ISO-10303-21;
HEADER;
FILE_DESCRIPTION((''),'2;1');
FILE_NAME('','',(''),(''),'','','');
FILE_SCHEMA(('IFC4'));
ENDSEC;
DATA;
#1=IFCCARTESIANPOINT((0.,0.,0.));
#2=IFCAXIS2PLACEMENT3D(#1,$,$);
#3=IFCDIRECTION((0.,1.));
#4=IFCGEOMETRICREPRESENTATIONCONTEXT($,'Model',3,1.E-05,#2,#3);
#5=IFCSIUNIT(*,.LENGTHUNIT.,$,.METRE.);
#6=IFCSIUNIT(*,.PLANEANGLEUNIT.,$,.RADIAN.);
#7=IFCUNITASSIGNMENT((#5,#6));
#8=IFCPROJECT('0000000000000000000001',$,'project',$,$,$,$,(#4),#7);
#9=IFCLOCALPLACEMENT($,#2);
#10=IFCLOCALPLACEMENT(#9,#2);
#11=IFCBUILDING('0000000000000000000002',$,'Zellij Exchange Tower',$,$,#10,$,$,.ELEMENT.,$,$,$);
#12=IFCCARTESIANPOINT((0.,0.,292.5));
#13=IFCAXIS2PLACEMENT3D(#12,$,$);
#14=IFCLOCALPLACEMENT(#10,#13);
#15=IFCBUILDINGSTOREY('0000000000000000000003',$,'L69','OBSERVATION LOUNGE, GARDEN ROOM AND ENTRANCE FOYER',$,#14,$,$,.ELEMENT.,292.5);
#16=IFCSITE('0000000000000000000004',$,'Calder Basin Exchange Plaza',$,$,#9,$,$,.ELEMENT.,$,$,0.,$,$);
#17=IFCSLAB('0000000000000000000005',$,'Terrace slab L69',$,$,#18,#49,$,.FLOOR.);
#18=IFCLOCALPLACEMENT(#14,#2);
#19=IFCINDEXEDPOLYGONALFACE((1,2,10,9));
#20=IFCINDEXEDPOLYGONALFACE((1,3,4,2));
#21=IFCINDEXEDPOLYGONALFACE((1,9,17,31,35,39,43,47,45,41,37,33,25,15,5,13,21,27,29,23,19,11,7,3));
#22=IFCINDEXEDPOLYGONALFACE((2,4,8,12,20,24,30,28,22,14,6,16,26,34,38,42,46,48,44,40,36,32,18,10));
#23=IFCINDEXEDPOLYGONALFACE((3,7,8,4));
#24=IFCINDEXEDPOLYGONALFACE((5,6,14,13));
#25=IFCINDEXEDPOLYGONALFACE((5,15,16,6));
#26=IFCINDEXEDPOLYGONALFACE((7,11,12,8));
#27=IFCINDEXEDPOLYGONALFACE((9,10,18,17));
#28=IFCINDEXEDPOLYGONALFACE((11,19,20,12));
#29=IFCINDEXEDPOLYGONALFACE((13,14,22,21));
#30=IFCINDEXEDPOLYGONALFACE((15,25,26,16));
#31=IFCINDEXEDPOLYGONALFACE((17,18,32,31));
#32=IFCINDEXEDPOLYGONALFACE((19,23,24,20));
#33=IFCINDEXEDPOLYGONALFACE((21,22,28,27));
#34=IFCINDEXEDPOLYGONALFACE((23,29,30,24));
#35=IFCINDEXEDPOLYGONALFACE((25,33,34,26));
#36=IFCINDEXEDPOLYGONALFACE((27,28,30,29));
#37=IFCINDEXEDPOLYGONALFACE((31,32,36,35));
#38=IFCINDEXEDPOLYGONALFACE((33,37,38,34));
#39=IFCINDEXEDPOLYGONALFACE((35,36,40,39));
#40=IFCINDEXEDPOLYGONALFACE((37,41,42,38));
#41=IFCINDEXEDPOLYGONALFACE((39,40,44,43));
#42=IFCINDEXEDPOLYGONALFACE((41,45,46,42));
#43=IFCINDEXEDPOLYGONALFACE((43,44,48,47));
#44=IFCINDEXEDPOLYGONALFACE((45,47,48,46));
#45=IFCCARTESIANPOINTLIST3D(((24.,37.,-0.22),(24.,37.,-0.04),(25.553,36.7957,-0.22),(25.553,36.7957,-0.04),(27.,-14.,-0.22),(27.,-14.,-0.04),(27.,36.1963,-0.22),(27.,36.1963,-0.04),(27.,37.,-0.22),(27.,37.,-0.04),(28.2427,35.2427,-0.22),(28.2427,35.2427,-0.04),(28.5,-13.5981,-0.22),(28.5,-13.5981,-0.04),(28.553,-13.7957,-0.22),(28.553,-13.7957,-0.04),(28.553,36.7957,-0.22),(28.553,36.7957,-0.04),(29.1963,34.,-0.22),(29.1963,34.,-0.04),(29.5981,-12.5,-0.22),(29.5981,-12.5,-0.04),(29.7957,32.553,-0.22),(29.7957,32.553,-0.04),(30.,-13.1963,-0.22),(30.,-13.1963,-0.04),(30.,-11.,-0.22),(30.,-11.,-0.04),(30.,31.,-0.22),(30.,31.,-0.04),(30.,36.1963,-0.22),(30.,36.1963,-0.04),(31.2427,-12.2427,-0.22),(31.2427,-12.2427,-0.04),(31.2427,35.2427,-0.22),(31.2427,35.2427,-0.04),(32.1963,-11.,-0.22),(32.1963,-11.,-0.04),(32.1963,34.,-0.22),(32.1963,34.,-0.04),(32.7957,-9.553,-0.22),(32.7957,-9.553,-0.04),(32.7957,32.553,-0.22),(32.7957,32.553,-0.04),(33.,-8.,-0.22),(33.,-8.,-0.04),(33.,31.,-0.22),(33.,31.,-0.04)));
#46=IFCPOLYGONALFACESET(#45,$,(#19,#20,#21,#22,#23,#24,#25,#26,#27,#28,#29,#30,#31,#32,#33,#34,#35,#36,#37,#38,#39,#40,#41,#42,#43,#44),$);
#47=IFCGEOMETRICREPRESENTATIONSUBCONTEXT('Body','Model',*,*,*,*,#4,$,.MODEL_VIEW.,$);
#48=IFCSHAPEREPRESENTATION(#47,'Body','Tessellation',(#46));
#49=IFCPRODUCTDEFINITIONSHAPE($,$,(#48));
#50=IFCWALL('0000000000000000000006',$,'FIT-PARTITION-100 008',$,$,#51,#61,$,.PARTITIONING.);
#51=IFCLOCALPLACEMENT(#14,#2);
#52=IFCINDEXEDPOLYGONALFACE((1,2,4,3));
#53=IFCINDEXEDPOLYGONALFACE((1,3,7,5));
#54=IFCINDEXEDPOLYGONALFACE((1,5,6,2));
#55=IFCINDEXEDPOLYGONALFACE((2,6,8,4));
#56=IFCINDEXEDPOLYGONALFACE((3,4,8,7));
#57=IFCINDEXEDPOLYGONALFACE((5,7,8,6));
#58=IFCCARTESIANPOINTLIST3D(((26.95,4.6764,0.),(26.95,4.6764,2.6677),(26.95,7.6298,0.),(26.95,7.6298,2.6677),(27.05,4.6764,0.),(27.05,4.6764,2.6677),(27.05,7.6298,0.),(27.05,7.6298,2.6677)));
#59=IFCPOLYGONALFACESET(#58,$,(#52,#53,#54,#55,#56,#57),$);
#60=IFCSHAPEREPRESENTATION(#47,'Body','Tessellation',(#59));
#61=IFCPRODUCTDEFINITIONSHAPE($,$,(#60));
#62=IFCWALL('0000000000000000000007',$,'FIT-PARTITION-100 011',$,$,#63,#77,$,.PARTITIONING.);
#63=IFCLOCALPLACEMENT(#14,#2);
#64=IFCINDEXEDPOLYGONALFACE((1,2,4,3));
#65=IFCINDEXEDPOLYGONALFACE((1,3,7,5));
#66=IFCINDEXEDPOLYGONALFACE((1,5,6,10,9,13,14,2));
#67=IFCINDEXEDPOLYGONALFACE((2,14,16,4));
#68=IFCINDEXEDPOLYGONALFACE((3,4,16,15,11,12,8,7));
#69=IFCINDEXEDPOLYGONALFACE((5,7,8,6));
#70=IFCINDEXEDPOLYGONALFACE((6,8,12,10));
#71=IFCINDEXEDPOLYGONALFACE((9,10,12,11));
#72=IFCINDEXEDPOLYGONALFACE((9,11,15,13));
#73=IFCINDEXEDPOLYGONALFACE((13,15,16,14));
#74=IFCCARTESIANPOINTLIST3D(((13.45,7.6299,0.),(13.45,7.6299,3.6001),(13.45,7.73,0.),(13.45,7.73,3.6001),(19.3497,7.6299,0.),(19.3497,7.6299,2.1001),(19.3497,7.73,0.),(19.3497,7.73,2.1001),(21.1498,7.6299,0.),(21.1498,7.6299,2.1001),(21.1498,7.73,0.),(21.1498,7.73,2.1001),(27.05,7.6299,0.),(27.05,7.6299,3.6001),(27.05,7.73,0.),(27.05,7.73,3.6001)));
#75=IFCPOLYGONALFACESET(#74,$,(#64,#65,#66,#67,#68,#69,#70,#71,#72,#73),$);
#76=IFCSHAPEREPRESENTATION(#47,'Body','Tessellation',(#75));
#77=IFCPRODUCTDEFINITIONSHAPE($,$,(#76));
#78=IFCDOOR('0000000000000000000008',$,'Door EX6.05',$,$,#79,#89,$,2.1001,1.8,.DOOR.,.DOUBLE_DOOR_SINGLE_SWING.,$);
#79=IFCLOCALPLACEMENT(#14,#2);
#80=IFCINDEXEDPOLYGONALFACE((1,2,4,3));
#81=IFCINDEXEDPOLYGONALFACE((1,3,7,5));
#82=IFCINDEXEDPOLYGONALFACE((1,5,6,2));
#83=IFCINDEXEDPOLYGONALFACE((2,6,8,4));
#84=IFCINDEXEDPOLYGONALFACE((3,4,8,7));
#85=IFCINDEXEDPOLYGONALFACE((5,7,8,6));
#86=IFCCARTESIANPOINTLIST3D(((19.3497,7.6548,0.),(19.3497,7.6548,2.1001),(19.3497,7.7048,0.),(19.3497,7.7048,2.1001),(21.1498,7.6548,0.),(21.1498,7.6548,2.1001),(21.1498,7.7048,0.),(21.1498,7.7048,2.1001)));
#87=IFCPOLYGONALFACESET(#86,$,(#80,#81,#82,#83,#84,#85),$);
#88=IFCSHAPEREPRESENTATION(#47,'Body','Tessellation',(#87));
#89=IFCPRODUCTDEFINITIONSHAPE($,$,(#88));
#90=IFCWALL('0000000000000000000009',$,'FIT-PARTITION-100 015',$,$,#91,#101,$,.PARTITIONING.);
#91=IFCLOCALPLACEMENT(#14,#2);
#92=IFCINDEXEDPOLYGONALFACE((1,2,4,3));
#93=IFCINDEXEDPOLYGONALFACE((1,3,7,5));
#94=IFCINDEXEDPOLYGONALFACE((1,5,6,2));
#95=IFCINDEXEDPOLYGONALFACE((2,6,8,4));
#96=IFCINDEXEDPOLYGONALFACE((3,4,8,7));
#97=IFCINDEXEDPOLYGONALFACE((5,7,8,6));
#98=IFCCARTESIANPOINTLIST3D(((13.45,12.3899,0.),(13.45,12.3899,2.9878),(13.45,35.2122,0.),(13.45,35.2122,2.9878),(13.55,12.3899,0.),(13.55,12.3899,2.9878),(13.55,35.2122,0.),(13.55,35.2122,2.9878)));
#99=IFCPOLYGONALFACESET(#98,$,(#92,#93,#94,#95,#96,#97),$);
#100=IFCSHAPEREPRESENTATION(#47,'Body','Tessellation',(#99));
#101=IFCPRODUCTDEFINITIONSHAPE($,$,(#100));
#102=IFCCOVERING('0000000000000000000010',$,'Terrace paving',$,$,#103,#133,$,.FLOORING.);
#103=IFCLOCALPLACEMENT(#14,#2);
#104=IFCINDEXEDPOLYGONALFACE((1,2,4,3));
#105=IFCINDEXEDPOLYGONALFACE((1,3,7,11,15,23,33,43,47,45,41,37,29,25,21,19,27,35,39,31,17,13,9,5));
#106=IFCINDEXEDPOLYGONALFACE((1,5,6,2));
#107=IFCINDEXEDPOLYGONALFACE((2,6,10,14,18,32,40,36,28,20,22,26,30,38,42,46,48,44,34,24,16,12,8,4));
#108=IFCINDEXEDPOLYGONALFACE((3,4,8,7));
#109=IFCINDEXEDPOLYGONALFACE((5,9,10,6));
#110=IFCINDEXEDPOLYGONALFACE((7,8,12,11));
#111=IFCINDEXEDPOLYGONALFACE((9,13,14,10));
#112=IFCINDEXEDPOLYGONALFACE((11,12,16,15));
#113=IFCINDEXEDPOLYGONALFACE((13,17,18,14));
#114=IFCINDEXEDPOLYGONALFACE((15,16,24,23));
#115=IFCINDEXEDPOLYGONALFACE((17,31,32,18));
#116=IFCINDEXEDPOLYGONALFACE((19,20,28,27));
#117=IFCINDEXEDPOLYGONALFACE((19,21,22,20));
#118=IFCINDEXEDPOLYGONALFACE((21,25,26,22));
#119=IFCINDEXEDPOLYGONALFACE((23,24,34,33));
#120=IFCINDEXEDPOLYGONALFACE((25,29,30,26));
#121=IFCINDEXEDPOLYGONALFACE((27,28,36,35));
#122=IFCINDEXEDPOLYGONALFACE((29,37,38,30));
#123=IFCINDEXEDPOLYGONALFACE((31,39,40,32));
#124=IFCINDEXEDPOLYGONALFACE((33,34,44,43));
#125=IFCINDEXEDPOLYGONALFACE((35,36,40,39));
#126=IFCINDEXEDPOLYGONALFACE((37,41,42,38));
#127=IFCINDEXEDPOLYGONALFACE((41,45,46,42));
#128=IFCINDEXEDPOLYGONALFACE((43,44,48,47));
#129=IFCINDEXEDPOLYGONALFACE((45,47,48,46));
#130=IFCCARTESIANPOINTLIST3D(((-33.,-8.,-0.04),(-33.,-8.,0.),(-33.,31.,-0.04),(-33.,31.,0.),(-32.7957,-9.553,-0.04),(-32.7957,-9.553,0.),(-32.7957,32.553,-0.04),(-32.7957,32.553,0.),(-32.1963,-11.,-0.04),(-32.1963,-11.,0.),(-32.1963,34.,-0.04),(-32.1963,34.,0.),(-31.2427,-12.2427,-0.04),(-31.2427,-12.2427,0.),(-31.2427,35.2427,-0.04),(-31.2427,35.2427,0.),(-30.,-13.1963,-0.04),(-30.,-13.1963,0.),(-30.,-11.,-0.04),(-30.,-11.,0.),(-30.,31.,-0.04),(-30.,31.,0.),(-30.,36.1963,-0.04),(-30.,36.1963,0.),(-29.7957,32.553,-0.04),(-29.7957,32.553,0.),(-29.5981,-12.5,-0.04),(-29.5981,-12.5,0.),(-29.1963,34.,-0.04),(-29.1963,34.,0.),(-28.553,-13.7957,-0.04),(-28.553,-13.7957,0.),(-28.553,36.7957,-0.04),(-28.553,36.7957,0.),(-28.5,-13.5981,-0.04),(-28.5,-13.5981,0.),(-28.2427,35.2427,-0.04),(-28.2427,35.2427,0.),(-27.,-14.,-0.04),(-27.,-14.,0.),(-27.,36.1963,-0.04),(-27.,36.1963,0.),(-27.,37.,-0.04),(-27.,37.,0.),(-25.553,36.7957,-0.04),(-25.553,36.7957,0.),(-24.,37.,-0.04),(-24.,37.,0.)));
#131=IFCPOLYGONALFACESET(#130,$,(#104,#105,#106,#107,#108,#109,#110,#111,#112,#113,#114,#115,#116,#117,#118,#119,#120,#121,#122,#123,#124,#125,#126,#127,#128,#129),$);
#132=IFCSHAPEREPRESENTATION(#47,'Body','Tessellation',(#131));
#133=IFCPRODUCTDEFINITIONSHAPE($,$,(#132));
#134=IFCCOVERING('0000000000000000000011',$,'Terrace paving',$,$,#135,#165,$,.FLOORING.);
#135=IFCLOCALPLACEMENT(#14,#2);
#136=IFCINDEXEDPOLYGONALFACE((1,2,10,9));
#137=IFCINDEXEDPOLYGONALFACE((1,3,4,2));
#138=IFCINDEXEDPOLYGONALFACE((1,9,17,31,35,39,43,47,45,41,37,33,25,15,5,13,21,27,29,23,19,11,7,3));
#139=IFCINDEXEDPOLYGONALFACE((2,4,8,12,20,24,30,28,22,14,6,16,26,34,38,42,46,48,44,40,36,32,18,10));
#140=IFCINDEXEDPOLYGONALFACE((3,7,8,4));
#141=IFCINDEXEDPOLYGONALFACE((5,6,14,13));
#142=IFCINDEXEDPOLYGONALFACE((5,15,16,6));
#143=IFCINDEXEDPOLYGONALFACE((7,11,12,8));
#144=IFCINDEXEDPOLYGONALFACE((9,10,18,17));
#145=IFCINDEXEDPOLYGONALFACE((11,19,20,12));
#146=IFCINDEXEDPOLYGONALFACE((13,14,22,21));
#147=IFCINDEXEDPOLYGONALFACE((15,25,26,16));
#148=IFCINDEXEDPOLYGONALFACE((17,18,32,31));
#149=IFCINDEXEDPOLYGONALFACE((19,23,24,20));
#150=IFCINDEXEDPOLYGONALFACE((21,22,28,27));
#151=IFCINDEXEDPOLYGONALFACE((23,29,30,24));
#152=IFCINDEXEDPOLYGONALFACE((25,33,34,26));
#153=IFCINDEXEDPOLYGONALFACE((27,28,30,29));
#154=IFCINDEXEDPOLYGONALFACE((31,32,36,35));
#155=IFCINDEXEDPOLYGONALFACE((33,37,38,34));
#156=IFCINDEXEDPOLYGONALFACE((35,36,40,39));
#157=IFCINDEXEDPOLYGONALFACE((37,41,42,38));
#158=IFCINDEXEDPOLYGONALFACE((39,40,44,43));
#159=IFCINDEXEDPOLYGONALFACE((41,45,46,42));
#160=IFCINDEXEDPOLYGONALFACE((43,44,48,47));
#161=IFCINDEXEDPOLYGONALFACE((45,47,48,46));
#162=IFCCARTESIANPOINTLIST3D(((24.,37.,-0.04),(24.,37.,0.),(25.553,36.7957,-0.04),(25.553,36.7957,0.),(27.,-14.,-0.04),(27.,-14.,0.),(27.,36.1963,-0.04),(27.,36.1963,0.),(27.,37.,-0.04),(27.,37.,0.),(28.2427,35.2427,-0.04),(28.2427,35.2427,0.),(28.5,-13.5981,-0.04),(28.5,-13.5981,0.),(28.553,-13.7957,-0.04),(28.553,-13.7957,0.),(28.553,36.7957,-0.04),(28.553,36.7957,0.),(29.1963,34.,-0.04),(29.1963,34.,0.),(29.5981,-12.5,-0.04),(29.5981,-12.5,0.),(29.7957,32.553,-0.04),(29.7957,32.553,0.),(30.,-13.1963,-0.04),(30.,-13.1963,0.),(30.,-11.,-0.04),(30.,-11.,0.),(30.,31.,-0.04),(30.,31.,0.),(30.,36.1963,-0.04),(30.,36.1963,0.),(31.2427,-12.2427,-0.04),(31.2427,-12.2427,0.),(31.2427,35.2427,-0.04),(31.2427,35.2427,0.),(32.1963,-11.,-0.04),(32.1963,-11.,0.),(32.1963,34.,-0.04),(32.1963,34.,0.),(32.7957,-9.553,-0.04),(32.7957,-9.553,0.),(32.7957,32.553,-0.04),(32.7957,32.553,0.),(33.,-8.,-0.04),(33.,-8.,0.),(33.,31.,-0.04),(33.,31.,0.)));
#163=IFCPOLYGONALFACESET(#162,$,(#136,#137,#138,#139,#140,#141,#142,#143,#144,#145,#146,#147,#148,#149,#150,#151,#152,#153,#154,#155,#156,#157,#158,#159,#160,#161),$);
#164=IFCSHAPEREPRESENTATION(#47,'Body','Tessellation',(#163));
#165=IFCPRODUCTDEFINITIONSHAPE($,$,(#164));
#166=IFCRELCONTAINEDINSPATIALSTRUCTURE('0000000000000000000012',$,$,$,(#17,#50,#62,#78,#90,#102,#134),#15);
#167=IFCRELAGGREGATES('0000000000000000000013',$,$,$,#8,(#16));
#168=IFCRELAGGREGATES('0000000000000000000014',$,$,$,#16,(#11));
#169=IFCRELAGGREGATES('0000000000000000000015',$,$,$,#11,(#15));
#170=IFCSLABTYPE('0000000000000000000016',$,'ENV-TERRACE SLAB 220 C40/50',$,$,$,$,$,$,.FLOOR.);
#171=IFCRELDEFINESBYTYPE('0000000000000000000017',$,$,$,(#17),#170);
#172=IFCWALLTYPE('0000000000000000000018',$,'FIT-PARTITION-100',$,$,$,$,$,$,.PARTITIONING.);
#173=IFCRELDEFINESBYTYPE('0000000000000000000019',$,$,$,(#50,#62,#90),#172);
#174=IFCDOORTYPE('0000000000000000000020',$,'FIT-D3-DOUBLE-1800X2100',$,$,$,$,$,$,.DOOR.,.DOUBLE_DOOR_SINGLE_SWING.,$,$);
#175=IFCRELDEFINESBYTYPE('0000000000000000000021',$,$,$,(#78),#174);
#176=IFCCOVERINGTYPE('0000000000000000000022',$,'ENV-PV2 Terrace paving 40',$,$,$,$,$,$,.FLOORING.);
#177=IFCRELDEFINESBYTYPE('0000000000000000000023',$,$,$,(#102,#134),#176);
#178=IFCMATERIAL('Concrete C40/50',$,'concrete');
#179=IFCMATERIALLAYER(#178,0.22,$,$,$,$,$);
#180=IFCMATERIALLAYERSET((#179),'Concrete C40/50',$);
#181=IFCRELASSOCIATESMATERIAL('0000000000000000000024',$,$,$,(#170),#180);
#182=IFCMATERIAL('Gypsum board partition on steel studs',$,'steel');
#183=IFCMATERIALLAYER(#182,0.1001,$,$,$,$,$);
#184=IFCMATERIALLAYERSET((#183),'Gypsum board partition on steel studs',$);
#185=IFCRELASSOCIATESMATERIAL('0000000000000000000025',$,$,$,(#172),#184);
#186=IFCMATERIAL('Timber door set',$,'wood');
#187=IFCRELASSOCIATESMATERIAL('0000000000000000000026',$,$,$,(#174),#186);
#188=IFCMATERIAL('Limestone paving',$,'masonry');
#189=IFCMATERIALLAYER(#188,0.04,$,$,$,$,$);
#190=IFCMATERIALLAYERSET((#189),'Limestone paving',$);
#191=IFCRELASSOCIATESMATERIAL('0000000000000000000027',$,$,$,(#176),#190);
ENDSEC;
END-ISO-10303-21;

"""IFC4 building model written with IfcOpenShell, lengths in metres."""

from ifc_helpers import new_model, si_unit, direction, frame, frame_2d, origin, place, context, subcontext, project, spatial, polyline, rectangle, outline, extrude, material, layer, layer_set, type_object, element, fill, save


model = new_model("IFC4")

# Units and contexts
model_context = context("Model", 3, precision=1e-05, world=origin(), true_north=direction((0.0, 1.0)))
body_context = subcontext(model_context, "Body", "Model", "MODEL_VIEW")
ifc_project = project(units=[si_unit("LENGTHUNIT", "METRE"), si_unit("PLANEANGLEUNIT", "RADIAN")], contexts=[model_context])

# Site, building, storey
site_placement = place(None, origin())
site = spatial("IfcSite", under=ifc_project, at=site_placement, Name="Calder Basin Exchange Plaza", CompositionType="ELEMENT", RefElevation=0.0)
building_placement = place(site_placement, origin())
building = spatial("IfcBuilding", under=site, at=building_placement, Name="Zellij Exchange Tower", CompositionType="ELEMENT")
storey_placement = place(building_placement, frame((0.0, 0.0, 292.5)))
storey = spatial("IfcBuildingStorey", under=building, at=storey_placement, Name="L69", Description="OBSERVATION LOUNGE, GARDEN ROOM AND ENTRANCE FOYER", CompositionType="ELEMENT", Elevation=292.5)

# Shared definitions
ifc_material_1 = material(Name="Concrete C40/50", Category="concrete")

# Slab
ifc_layer_1 = layer(ifc_material_1, 0.22)
ifc_layer_set_1 = layer_set([ifc_layer_1], Name="Concrete C40/50")
slab_type_1 = type_object("IfcSlabType", Name="ENV-TERRACE SLAB 220 C40/50", PredefinedType="FLOOR", material=ifc_layer_set_1)
slab_1_placement = place(storey_placement, frame((0.0, 0.0, -0.22)))
element("IfcSlab", 1, at=slab_1_placement, inside=storey, type_object=slab_type_1, Name="Terrace slab L69", PredefinedType="FLOOR", context=body_context, shape_type="SweptSolid", body=[
    extrude(outline(polyline([(28.5, -13.5981), (27.0, -14.0), (28.553, -13.7957), (30.0, -13.1963), (31.2427, -12.2427), (32.1963, -11.0), (32.7957, -9.553), (33.0, -8.0), (33.0, 31.0), (32.7957, 32.553), (32.1963, 34.0), (31.2427, 35.2427), (30.0, 36.1963), (28.553, 36.7957), (27.0, 37.0), (24.0, 37.0), (25.553, 36.7957), (27.0, 36.1963), (28.2427, 35.2427), (29.1963, 34.0), (29.7957, 32.553), (30.0, 31.0), (30.0, -11.0), (29.5981, -12.5), (28.5, -13.5981)])), origin(), (0.0, 0.0, 1.0), 0.1799),
])

# Wall
ifc_material_2 = material(Name="Gypsum board partition on steel studs", Category="steel")
ifc_layer_2 = layer(ifc_material_2, 0.1001)
ifc_layer_set_2 = layer_set([ifc_layer_2], Name="Gypsum board partition on steel studs")
wall_type = type_object("IfcWallType", Name="FIT-PARTITION-100", PredefinedType="PARTITIONING", material=ifc_layer_set_2)
wall_1_placement = place(storey_placement, frame((27.0, 4.6765, 0.0), z_axis=(0.0, 0.0, 1.0), x_axis=(0.0, 1.0, 0.0)))
element("IfcWall", 2, at=wall_1_placement, inside=storey, type_object=wall_type, Name="FIT-PARTITION-100 008", PredefinedType="PARTITIONING", context=body_context, shape_type="SweptSolid", body=[
    extrude(rectangle(XDim=2.9534, YDim=0.1001, at=frame_2d((1.4766, 0.0))), origin(), (0.0, 0.0, 1.0), 2.6677),
])

# Wall, opening, door
wall_2_placement = place(storey_placement, frame((13.45, 7.6799, 0.0), z_axis=(0.0, 0.0, 1.0), x_axis=(1.0, 0.0, 0.0)))
wall_2 = element("IfcWall", 3, at=wall_2_placement, inside=storey, type_object=wall_type, Name="FIT-PARTITION-100 011", PredefinedType="PARTITIONING", context=body_context, shape_type="SweptSolid", body=[
    extrude(rectangle(XDim=13.6001, YDim=0.1001, at=frame_2d((6.8, 0.0))), origin(), (0.0, 0.0, 1.0), 3.6001),
])
opening_placement = place(wall_2_placement, frame((5.8999, 0.0, 0.0)))
opening = element("IfcOpeningElement", 4, at=opening_placement, cuts=wall_2, PredefinedType="OPENING", context=body_context, shape_type="SweptSolid", body=[
    extrude(rectangle(XDim=1.8, YDim=2.1001, at=frame_2d((0.8999, 1.05))), frame((0.0, 0.062, 0.0), z_axis=(0.0, -1.0, 0.0), x_axis=(1.0, 0.0, 0.0)), (0.0, 0.0, 1.0), 0.124),
])
ifc_material_3 = material(Name="Timber door set", Category="wood")
door_type = type_object("IfcDoorType", Name="FIT-D3-DOUBLE-1800X2100", OperationType="DOUBLE_DOOR_SINGLE_SWING", PredefinedType="DOOR", material=ifc_material_3)
door_placement = place(opening_placement, origin())
door = element("IfcDoor", 5, at=door_placement, inside=storey, type_object=door_type, Name="Door EX6.05", OperationType="DOUBLE_DOOR_SINGLE_SWING", OverallHeight=2.1001, OverallWidth=1.8, PredefinedType="DOOR", context=body_context, shape_type="SweptSolid", body=[
    extrude(rectangle(XDim=1.8, YDim=2.1001, at=frame_2d((0.8999, 1.05))), frame((0.0, 0.0249, 0.0), z_axis=(0.0, -1.0, 0.0), x_axis=(1.0, 0.0, 0.0)), (0.0, 0.0, 1.0), 0.05),
])
fill(opening, door)

# Wall
wall_3_placement = place(storey_placement, frame((13.5, 12.3899, 0.0), z_axis=(0.0, 0.0, 1.0), x_axis=(0.0, 1.0, 0.0)))
element("IfcWall", 6, at=wall_3_placement, inside=storey, type_object=wall_type, Name="FIT-PARTITION-100 015", PredefinedType="PARTITIONING", context=body_context, shape_type="SweptSolid", body=[
    extrude(rectangle(XDim=22.8223, YDim=0.1001, at=frame_2d((11.4111, 0.0))), origin(), (0.0, 0.0, 1.0), 2.9878),
])

# Coverings
ifc_material_4 = material(Name="Limestone paving", Category="masonry")
ifc_layer_3 = layer(ifc_material_4, 0.04)
ifc_layer_set_3 = layer_set([ifc_layer_3], Name="Limestone paving")
covering_type = type_object("IfcCoveringType", Name="ENV-PV2 Terrace paving 40", PredefinedType="FLOORING", material=ifc_layer_set_3)
covering_1_placement = place(storey_placement, frame((0.0, 0.0, -0.04)))
element("IfcCovering", 7, at=covering_1_placement, inside=storey, type_object=covering_type, Name="Terrace paving", PredefinedType="FLOORING", context=body_context, shape_type="SweptSolid", body=[
    extrude(outline(polyline([(-27.0, -14.0), (-28.5, -13.5981), (-29.5981, -12.5), (-30.0, -11.0), (-30.0, 31.0), (-29.7957, 32.553), (-29.1963, 34.0), (-28.2427, 35.2427), (-27.0, 36.1963), (-25.553, 36.7957), (-24.0, 37.0), (-27.0, 37.0), (-28.553, 36.7957), (-30.0, 36.1963), (-31.2427, 35.2427), (-32.1963, 34.0), (-32.7957, 32.553), (-33.0, 31.0), (-33.0, -8.0), (-32.7957, -9.553), (-32.1963, -11.0), (-31.2427, -12.2427), (-30.0, -13.1963), (-28.553, -13.7957), (-27.0, -14.0)])), origin(), (0.0, 0.0, 1.0), 0.04),
])
covering_2_placement = place(storey_placement, frame((0.0, 0.0, -0.04)))
element("IfcCovering", 8, at=covering_2_placement, inside=storey, type_object=covering_type, Name="Terrace paving", PredefinedType="FLOORING", context=body_context, shape_type="SweptSolid", body=[
    extrude(outline(polyline([(28.5, -13.5981), (27.0, -14.0), (28.553, -13.7957), (30.0, -13.1963), (31.2427, -12.2427), (32.1963, -11.0), (32.7957, -9.553), (33.0, -8.0), (33.0, 31.0), (32.7957, 32.553), (32.1963, 34.0), (31.2427, 35.2427), (30.0, 36.1963), (28.553, 36.7957), (27.0, 37.0), (24.0, 37.0), (25.553, 36.7957), (27.0, 36.1963), (28.2427, 35.2427), (29.1963, 34.0), (29.7957, 32.553), (30.0, 31.0), (30.0, -11.0), (29.5981, -12.5), (28.5, -13.5981)])), origin(), (0.0, 0.0, 1.0), 0.04),
])

save(model, "model.ifc")
